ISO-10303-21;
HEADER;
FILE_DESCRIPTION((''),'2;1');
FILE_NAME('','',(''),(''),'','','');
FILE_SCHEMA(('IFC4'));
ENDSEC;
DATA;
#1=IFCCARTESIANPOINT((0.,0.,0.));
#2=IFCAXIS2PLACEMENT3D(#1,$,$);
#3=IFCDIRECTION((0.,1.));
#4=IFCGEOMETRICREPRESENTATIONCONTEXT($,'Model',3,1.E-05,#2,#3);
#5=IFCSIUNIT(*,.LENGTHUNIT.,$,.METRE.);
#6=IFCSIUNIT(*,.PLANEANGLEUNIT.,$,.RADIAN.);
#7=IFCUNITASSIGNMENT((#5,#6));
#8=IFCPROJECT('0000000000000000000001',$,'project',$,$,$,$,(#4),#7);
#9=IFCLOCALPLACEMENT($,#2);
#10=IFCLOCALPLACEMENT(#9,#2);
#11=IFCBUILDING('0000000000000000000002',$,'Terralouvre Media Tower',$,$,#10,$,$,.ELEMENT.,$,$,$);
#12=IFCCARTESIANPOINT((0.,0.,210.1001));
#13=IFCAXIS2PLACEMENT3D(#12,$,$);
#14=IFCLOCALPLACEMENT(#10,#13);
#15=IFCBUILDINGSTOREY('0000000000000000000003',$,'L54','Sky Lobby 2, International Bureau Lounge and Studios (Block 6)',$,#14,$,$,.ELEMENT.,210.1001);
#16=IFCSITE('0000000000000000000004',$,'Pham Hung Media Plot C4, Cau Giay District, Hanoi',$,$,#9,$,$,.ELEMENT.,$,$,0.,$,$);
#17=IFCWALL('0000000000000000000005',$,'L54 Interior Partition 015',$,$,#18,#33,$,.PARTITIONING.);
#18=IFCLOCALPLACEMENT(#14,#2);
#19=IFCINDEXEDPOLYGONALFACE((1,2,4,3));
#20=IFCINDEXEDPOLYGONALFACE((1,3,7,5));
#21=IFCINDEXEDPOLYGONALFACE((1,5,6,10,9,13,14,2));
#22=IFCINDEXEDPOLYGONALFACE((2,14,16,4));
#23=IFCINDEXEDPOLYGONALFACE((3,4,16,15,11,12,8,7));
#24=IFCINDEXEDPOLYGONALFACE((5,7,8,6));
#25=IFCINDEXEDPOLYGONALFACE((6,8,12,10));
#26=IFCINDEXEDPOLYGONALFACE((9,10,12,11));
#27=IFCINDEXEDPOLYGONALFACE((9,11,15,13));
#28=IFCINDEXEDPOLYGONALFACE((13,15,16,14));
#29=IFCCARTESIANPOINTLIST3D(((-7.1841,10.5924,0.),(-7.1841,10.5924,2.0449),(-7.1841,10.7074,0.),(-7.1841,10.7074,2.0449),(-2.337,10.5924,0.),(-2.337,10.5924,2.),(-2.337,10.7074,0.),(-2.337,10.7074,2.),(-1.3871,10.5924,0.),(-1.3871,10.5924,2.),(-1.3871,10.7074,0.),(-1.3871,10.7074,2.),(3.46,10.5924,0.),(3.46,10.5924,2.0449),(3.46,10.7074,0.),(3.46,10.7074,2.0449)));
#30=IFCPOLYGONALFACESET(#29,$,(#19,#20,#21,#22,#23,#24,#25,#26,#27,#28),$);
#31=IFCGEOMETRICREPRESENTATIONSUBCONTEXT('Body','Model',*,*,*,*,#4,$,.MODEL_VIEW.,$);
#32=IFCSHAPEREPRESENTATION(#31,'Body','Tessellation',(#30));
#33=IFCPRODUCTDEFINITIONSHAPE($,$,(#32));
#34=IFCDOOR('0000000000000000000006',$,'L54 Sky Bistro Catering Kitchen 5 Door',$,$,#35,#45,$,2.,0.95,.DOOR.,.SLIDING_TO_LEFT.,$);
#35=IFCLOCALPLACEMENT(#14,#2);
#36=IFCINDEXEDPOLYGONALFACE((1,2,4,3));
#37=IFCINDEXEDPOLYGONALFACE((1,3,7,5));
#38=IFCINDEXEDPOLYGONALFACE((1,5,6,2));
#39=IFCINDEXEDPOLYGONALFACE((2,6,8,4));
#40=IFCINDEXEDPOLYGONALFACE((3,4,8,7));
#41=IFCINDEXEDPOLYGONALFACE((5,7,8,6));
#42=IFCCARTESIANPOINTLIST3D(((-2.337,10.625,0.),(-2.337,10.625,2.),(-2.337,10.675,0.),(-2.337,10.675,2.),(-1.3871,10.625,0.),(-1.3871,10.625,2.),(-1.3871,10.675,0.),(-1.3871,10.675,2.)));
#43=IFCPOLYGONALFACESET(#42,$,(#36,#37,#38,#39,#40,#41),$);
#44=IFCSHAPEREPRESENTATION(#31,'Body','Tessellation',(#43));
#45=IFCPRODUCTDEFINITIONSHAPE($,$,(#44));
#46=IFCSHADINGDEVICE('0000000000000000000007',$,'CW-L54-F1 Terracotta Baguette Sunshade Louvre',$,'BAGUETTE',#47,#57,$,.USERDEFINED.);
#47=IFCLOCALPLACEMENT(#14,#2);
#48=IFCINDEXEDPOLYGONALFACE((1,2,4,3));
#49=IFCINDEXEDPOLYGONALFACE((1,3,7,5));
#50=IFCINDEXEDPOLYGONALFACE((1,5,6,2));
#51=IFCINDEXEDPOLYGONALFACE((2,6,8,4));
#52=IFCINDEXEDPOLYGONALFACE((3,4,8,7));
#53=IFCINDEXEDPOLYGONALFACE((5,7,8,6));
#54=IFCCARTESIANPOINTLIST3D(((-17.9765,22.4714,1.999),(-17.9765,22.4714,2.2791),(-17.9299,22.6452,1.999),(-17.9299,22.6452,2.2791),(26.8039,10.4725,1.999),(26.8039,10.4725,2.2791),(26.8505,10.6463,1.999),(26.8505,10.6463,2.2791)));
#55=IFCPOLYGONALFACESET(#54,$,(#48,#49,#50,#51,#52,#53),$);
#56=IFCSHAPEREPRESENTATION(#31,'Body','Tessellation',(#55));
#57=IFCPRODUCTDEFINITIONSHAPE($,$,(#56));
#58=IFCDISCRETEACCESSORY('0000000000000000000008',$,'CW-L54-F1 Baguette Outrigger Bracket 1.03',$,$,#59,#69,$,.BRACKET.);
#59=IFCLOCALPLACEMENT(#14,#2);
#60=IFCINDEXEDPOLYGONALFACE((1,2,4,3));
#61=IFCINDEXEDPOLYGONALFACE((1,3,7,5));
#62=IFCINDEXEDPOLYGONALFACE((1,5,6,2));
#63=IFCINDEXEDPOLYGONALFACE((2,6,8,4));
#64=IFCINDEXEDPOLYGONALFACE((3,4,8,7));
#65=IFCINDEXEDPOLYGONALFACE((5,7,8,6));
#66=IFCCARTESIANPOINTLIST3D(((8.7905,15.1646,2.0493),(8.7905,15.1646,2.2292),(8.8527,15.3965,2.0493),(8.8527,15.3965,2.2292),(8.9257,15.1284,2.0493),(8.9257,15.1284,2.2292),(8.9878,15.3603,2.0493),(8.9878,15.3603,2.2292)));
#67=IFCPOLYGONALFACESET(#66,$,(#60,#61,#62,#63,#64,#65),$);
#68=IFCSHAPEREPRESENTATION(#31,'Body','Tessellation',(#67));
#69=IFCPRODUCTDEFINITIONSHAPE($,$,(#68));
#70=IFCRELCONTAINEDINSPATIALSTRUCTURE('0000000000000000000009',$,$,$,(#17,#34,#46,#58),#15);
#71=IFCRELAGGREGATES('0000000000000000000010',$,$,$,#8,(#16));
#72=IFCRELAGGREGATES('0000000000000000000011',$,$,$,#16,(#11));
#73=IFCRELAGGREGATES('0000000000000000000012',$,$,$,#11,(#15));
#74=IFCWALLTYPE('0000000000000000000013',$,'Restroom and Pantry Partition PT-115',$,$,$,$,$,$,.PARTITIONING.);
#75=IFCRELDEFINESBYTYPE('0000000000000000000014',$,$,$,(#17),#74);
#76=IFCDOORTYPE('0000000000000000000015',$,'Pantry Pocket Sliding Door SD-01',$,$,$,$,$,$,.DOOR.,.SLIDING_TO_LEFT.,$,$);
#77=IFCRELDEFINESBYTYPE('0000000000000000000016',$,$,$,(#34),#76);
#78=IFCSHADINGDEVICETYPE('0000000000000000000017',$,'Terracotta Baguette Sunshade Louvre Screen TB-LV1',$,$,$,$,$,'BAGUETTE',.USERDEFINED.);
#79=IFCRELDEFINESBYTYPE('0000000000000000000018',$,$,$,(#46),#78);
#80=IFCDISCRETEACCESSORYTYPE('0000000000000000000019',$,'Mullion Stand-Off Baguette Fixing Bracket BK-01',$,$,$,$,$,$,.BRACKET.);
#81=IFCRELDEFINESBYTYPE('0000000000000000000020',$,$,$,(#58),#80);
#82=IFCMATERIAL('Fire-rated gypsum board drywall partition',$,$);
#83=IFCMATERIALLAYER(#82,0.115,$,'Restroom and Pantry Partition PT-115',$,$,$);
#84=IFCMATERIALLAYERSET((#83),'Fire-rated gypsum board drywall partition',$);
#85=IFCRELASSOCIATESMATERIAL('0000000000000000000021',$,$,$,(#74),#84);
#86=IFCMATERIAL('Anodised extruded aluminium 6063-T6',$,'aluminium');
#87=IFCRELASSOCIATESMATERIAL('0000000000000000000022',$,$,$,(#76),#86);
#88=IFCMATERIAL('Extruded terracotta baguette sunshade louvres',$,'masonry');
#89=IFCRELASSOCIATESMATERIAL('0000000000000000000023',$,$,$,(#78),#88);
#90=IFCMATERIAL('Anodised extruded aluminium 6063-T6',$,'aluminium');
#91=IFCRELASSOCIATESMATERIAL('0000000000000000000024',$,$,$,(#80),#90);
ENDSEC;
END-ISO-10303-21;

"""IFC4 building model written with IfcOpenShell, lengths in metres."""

from ifc_helpers import new_model, si_unit, direction, frame, frame_2d, origin, origin_2d, place, context, subcontext, project, spatial, rectangle, extrude, material, layer, layer_set, type_object, element, fill, save


model = new_model("IFC4")

# Units and contexts
model_context = context("Model", 3, precision=1e-05, world=origin(), true_north=direction((0.0, 1.0)))
body_context = subcontext(model_context, "Body", "Model", "MODEL_VIEW")
ifc_project = project(units=[si_unit("LENGTHUNIT", "METRE"), si_unit("PLANEANGLEUNIT", "RADIAN")], contexts=[model_context])

# Site, building, storey
site_placement = place(None, origin())
site = spatial("IfcSite", under=ifc_project, at=site_placement, Name="Pham Hung Media Plot C4, Cau Giay District, Hanoi", CompositionType="ELEMENT", RefElevation=0.0)
building_placement = place(site_placement, origin())
building = spatial("IfcBuilding", under=site, at=building_placement, Name="Terralouvre Media Tower", CompositionType="ELEMENT")
storey_placement = place(building_placement, frame((0.0, 0.0, 210.1001)))
storey = spatial("IfcBuildingStorey", under=building, at=storey_placement, Name="L54", Description="Sky Lobby 2, International Bureau Lounge and Studios (Block 6)", CompositionType="ELEMENT", Elevation=210.1001)

# Wall, opening, door
ifc_material_1 = material(Name="Fire-rated gypsum board drywall partition")
ifc_layer_1 = layer(ifc_material_1, 0.115, Name="Restroom and Pantry Partition PT-115")
ifc_layer_set_1 = layer_set([ifc_layer_1], Name="Fire-rated gypsum board drywall partition")
wall_type_1 = type_object("IfcWallType", Name="Restroom and Pantry Partition PT-115", PredefinedType="PARTITIONING", material=ifc_layer_set_1)
wall_1_placement = place(storey_placement, frame((3.46, 10.6499, 0.0), z_axis=(0.0, 0.0, 1.0), x_axis=(-1.0, 0.0, 0.0)))
wall_1 = element("IfcWall", 1, at=wall_1_placement, inside=storey, type_object=wall_type_1, Name="L54 Interior Partition 015", PredefinedType="PARTITIONING", context=body_context, shape_type="SweptSolid", body=[
    extrude(rectangle(XDim=10.644, YDim=0.115, at=frame_2d((5.322, 0.0))), origin(), (0.0, 0.0, 1.0), 2.0449),
])
opening_1_placement = place(wall_1_placement, frame((4.8469, 0.0, 0.0)))
opening_1 = element("IfcOpeningElement", 2, at=opening_1_placement, cuts=wall_1, PredefinedType="OPENING", context=body_context, shape_type="SweptSolid", body=[
    extrude(rectangle(XDim=0.95, YDim=2.0, at=frame_2d((0.4751, 1.0))), frame((0.0, 0.0674, 0.0), z_axis=(0.0, -1.0, 0.0), x_axis=(1.0, 0.0, 0.0)), (0.0, 0.0, 1.0), 0.135),
])
ifc_material_2 = material(Name="Anodised extruded aluminium 6063-T6", Category="aluminium")
door_type_1 = type_object("IfcDoorType", Name="Pantry Pocket Sliding Door SD-01", OperationType="SLIDING_TO_LEFT", PredefinedType="DOOR", material=ifc_material_2)
door_1_placement = place(opening_1_placement, origin())
door_1 = element("IfcDoor", 3, at=door_1_placement, inside=storey, type_object=door_type_1, Name="L54 Sky Bistro Catering Kitchen 5 Door", OperationType="SLIDING_TO_LEFT", OverallHeight=2.0, OverallWidth=0.95, PredefinedType="DOOR", context=body_context, shape_type="SweptSolid", body=[
    extrude(rectangle(XDim=0.95, YDim=2.0, at=frame_2d((0.4751, 1.0))), frame((0.0, 0.0249, 0.0), z_axis=(0.0, -1.0, 0.0), x_axis=(1.0, 0.0, 0.0)), (0.0, 0.0, 1.0), 0.05),
])
fill(opening_1, door_1)

# Shading device
ifc_material_3 = material(Name="Extruded terracotta baguette sunshade louvres", Category="masonry")
shading_device_type = type_object("IfcShadingDeviceType", Name="Terracotta Baguette Sunshade Louvre Screen TB-LV1", ElementType="BAGUETTE", PredefinedType="USERDEFINED", material=ifc_material_3)
shading_device_placement = place(storey_placement, frame((4.437, 16.5588, 1.999), z_axis=(0.0, 0.0, 1.0), x_axis=(-0.965926, 0.258819, 0.0)))
element("IfcShadingDevice", 4, at=shading_device_placement, inside=storey, type_object=shading_device_type, Name="CW-L54-F1 Terracotta Baguette Sunshade Louvre", ObjectType="BAGUETTE", PredefinedType="USERDEFINED", context=body_context, shape_type="SweptSolid", body=[
    extrude(rectangle(XDim=46.3601, YDim=0.1799, at=origin_2d()), origin(), (0.0, 0.0, 1.0), 0.28),
])

# Discrete accessory
ifc_material_4 = material(Name="Anodised extruded aluminium 6063-T6", Category="aluminium")
discrete_accessory_type = type_object("IfcDiscreteAccessoryType", Name="Mullion Stand-Off Baguette Fixing Bracket BK-01", PredefinedType="BRACKET", material=ifc_material_4)
discrete_accessory_placement = place(storey_placement, frame((8.8892, 15.2625, 2.0493), z_axis=(0.0, 0.0, 1.0), x_axis=(-0.965926, 0.258819, 0.0)))
element("IfcDiscreteAccessory", 5, at=discrete_accessory_placement, inside=storey, type_object=discrete_accessory_type, Name="CW-L54-F1 Baguette Outrigger Bracket 1.03", PredefinedType="BRACKET", context=body_context, shape_type="SweptSolid", body=[
    extrude(rectangle(XDim=0.1399, YDim=0.24, at=origin_2d()), origin(), (0.0, 0.0, 1.0), 0.1799),
])

save(model, "model.ifc")
